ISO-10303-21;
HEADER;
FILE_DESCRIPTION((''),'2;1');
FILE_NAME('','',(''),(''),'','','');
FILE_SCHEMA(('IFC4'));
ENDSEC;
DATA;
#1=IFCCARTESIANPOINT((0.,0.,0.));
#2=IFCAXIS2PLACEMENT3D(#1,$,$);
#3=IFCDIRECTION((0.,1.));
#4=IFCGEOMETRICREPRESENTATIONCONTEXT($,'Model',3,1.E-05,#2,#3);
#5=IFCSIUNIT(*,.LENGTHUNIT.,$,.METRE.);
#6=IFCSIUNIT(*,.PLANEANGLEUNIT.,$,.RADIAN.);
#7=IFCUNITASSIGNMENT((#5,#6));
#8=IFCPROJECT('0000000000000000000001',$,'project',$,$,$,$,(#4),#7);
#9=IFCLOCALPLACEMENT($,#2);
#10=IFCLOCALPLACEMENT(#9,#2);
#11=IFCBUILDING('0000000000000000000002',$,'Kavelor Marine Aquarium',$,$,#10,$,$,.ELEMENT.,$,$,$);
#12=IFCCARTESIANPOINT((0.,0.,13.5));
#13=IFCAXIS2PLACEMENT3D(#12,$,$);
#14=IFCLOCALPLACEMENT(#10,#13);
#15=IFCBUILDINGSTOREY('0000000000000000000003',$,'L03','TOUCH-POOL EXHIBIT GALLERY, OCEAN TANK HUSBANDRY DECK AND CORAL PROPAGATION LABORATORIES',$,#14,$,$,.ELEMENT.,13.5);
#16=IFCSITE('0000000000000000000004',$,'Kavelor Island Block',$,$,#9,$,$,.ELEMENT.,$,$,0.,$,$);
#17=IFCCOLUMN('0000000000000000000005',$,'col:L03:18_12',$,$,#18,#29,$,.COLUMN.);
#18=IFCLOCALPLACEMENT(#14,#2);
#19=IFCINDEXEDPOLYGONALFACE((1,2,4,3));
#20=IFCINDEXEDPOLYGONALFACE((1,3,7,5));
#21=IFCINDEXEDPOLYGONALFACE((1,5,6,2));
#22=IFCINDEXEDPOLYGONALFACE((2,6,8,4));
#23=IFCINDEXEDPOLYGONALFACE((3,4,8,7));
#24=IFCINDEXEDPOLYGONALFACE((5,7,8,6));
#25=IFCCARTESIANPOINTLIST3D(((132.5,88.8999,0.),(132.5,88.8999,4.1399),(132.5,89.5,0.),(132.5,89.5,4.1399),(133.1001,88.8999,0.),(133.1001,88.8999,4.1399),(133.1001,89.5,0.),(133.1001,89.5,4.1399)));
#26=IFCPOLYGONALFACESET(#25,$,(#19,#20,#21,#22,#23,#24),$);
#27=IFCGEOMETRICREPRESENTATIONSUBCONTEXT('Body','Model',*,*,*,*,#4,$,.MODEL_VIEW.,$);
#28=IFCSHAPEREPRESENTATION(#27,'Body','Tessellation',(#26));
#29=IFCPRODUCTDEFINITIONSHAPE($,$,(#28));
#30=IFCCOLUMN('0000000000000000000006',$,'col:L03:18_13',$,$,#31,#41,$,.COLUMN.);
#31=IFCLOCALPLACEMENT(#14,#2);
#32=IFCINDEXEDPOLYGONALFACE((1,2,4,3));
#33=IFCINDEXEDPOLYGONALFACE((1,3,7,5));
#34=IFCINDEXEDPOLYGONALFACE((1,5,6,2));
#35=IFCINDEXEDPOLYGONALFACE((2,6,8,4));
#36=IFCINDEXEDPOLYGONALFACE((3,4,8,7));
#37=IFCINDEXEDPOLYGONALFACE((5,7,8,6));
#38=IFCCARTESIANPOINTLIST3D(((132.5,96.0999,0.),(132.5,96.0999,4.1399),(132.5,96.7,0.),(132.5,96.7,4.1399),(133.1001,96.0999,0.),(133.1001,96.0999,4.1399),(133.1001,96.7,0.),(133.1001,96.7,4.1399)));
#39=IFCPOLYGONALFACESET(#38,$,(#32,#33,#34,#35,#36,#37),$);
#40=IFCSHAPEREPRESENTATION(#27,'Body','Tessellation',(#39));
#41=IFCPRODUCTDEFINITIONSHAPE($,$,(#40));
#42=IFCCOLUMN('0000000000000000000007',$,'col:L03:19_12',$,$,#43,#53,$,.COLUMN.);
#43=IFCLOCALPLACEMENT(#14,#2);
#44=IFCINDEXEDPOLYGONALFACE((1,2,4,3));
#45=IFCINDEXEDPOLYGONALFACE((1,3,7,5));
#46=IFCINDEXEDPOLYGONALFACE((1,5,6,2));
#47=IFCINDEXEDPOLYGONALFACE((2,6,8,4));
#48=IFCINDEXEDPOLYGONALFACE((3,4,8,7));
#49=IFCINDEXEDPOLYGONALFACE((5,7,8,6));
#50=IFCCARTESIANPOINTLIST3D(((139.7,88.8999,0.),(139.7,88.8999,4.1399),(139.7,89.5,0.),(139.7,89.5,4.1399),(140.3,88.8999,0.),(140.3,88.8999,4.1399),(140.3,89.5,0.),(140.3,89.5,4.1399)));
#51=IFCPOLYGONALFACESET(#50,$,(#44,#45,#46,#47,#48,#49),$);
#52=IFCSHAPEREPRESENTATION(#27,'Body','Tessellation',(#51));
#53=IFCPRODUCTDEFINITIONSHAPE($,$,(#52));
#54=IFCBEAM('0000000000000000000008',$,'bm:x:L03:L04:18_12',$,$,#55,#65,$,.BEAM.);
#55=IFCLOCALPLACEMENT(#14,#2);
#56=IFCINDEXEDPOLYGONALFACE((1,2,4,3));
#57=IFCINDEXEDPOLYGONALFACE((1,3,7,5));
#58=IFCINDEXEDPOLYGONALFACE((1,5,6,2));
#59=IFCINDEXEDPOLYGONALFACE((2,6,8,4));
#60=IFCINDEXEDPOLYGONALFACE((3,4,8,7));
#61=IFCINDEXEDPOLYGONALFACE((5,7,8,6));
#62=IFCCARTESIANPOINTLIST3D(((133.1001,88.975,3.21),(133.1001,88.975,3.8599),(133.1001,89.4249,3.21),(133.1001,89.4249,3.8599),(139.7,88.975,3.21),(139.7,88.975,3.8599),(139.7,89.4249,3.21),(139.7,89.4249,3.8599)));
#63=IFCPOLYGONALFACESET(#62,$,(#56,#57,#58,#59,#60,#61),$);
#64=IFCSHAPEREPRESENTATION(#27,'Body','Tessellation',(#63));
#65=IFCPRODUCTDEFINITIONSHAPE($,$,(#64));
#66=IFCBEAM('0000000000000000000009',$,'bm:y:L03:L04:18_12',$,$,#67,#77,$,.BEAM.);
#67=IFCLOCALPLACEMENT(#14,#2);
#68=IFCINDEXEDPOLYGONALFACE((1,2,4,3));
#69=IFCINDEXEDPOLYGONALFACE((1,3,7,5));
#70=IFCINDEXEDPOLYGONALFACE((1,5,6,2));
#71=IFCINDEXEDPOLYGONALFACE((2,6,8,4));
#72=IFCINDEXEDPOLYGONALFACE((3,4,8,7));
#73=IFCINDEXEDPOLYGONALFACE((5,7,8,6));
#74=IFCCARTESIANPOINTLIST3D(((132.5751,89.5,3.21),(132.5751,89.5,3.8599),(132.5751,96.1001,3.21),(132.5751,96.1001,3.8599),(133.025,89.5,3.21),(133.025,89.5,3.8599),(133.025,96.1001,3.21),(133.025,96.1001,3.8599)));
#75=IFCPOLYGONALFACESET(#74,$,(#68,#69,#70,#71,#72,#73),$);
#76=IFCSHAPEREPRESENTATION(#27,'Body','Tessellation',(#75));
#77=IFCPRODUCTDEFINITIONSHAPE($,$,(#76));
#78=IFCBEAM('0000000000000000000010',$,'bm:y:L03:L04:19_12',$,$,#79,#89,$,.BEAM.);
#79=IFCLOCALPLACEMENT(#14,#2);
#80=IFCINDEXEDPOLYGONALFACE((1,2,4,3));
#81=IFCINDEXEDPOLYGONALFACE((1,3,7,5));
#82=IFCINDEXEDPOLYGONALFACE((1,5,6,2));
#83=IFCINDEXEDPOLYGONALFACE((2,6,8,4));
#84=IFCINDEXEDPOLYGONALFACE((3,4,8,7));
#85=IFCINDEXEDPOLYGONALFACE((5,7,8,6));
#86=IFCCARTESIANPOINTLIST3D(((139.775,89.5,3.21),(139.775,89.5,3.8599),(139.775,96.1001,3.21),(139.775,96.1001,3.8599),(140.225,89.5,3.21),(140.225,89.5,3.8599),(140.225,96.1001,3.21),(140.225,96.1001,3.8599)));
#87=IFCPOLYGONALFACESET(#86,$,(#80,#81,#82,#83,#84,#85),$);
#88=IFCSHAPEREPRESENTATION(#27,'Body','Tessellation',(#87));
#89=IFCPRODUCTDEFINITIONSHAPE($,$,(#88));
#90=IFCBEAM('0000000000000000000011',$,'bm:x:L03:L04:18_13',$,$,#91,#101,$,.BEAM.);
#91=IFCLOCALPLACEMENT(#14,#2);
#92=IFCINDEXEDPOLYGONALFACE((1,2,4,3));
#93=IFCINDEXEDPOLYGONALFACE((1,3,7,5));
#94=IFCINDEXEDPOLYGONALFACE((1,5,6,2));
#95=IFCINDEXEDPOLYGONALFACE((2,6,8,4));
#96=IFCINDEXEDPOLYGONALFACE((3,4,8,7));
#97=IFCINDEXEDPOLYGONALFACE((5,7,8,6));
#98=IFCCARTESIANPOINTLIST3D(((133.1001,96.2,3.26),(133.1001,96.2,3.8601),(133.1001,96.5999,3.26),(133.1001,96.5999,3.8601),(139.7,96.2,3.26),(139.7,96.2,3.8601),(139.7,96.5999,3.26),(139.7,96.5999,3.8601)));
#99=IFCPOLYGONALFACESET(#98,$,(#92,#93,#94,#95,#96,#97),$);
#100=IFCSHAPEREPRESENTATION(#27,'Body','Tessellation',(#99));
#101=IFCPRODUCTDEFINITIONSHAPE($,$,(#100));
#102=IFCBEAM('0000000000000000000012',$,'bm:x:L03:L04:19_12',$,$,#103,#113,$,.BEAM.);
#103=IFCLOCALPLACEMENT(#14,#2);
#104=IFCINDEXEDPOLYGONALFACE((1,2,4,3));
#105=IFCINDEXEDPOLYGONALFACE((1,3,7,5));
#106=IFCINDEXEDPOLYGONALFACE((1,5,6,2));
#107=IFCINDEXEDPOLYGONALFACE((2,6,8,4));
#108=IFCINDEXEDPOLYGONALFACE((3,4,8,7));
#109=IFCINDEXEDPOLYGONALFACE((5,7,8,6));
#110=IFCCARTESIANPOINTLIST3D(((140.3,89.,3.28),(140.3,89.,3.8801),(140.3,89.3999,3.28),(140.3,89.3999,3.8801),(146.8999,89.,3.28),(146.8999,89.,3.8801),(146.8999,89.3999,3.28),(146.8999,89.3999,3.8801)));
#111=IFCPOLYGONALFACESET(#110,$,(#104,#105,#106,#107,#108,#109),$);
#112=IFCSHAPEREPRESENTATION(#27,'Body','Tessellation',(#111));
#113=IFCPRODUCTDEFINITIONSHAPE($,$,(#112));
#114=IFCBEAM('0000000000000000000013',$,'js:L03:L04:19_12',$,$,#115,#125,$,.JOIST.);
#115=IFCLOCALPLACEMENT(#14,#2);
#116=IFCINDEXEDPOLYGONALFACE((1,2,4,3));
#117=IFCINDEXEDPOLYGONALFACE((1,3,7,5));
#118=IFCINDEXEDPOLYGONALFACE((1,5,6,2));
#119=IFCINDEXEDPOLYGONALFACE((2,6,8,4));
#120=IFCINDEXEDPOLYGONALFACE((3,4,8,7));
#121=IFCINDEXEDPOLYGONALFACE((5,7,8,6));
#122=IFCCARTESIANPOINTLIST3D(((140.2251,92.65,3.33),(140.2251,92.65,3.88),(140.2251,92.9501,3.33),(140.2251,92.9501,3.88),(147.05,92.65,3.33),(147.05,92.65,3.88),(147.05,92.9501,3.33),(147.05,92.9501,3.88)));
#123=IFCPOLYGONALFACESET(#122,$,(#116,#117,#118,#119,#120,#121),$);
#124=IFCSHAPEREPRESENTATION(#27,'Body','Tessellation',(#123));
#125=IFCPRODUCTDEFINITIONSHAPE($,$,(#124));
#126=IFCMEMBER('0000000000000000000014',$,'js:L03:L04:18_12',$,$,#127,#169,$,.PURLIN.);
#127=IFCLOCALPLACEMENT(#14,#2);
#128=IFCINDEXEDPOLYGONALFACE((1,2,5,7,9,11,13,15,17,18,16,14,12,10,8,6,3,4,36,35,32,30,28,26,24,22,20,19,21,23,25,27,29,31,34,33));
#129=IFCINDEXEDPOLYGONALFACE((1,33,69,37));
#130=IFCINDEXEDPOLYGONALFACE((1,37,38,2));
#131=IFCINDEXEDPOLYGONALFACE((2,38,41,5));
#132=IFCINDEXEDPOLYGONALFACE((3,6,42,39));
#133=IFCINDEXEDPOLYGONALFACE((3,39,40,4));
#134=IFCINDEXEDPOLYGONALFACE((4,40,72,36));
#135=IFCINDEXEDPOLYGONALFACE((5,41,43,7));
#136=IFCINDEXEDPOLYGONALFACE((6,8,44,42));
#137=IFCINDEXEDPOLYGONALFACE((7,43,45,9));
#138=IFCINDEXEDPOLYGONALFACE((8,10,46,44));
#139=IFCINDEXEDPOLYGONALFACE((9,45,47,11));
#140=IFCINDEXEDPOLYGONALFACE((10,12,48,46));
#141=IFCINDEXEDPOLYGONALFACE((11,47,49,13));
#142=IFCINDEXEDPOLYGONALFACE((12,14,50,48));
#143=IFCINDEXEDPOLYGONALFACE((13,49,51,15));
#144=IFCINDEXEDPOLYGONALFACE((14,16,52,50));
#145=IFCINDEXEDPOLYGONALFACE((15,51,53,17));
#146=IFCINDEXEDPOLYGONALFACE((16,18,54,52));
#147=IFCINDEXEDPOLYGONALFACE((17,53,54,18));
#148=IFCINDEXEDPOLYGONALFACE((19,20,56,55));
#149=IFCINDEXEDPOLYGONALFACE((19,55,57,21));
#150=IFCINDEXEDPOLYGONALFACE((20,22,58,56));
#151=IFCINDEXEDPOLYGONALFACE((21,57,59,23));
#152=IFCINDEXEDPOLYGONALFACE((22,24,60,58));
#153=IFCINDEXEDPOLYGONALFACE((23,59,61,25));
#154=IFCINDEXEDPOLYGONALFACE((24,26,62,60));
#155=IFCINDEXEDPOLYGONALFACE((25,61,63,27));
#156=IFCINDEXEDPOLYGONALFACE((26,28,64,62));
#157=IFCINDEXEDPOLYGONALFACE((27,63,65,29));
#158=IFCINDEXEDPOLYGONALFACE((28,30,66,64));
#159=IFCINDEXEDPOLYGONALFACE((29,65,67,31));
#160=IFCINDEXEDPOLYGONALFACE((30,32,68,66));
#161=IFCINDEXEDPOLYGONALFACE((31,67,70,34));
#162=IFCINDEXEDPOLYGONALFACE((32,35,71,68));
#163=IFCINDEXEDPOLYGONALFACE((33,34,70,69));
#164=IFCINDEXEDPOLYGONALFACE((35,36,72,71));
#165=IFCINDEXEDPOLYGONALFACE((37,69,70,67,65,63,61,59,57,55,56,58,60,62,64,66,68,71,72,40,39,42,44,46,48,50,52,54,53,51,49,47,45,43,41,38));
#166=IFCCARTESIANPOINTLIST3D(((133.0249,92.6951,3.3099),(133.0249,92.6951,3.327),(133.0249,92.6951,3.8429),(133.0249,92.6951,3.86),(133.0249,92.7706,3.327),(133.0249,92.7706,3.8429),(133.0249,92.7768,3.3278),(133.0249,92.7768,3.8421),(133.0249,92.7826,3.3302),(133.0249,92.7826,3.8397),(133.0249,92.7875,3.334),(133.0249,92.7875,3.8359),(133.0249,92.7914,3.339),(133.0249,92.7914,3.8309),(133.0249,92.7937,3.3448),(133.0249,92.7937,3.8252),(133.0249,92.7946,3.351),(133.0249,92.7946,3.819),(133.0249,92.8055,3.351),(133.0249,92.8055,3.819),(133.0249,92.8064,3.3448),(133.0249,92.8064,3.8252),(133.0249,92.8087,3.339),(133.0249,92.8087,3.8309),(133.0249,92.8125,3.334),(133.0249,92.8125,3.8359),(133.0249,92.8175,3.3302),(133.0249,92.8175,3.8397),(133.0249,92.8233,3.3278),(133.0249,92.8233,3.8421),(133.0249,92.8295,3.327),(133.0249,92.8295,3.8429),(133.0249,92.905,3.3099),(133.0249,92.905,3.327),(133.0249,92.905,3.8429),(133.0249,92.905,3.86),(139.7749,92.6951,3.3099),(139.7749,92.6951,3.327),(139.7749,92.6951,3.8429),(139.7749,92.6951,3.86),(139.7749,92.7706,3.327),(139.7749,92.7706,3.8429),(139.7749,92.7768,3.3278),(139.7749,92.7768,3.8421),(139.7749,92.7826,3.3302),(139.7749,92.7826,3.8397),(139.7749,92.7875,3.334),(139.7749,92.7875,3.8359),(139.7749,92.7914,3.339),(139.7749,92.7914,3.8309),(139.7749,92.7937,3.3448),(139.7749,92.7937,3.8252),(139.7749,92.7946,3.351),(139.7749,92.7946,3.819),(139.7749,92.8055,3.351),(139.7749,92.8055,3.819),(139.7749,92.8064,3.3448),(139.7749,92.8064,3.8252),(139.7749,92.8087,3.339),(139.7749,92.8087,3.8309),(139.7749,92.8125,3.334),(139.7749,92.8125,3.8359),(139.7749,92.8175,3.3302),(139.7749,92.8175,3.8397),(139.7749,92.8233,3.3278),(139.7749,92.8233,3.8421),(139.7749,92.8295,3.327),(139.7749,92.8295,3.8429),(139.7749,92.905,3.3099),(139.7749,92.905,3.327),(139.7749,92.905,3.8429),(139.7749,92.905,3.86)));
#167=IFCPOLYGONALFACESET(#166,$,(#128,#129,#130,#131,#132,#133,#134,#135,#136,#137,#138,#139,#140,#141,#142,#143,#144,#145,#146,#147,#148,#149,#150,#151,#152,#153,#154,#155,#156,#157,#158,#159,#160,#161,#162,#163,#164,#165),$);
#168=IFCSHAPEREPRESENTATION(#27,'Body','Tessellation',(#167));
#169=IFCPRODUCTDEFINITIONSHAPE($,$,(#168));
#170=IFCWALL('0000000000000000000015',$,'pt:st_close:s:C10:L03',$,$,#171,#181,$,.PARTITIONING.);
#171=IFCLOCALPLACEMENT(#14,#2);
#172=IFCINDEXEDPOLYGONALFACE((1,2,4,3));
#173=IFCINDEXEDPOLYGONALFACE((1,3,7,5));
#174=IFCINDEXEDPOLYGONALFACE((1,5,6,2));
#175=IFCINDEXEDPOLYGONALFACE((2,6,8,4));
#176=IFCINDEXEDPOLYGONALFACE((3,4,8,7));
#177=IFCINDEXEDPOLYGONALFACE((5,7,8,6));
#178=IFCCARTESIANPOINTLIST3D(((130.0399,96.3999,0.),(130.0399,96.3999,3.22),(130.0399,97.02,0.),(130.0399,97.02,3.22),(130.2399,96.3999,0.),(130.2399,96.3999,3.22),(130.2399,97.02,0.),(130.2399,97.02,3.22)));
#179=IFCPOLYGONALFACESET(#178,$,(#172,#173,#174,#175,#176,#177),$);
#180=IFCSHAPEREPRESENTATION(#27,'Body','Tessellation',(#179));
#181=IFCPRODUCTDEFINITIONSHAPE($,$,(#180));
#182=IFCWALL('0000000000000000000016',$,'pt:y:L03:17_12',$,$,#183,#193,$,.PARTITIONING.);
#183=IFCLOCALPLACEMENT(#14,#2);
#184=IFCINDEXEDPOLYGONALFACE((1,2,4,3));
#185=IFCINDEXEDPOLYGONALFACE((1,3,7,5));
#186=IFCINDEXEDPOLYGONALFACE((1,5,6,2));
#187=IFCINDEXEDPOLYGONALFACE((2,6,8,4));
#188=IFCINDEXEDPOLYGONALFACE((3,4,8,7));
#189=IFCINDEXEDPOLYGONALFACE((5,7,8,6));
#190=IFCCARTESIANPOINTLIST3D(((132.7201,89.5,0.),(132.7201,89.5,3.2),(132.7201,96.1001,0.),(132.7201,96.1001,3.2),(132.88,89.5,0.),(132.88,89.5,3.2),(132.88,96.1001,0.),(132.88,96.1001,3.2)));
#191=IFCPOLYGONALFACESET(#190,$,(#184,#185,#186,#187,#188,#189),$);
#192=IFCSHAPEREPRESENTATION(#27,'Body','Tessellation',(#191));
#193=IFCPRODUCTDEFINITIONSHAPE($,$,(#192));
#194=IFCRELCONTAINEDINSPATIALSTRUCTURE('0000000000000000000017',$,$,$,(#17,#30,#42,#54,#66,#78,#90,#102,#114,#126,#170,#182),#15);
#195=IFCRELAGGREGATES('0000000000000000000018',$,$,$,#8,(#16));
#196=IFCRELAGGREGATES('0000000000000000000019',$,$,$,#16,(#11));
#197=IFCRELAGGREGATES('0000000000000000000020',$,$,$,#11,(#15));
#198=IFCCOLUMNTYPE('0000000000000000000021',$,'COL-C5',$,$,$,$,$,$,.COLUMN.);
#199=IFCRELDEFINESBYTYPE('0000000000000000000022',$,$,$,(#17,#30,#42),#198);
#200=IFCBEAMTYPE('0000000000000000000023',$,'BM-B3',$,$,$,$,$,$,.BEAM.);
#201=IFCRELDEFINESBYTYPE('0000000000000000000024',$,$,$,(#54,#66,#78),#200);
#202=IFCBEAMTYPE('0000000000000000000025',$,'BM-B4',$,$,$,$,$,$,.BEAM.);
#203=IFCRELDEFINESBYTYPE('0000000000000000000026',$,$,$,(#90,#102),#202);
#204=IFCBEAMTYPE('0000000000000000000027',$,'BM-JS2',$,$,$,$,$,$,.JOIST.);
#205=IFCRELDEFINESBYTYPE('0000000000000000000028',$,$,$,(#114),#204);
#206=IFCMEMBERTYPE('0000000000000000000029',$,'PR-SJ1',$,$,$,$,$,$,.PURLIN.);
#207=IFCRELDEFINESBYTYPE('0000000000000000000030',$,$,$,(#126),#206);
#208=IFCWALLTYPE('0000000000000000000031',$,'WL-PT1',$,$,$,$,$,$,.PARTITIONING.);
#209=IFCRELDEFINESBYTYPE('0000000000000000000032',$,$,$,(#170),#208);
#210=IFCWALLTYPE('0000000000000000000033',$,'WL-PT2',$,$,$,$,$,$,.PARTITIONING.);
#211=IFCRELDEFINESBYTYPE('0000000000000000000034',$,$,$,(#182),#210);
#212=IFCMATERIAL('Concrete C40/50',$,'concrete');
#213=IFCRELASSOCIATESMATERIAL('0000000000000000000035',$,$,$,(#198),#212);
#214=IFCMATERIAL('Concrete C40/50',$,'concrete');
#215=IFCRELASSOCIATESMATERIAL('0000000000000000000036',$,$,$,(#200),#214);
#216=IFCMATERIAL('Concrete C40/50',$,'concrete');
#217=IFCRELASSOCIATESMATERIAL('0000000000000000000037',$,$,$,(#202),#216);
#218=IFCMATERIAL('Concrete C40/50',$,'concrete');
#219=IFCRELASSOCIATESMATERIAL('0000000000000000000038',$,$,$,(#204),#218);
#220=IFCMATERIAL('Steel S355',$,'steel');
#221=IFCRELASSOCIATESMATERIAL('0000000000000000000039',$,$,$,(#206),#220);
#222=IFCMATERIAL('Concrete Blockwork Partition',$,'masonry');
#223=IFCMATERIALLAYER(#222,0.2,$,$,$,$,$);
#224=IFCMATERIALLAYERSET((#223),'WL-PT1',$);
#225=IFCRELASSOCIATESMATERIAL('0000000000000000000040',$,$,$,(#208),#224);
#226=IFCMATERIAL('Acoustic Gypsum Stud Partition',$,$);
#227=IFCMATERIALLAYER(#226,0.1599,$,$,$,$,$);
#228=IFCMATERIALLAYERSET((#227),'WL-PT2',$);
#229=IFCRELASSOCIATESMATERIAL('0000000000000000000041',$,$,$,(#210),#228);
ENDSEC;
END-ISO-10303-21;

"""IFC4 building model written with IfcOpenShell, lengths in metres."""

from ifc_helpers import new_model, si_unit, direction, frame, frame_2d, origin, origin_2d, place, context, subcontext, project, spatial, rectangle, i_section, extrude, material, layer, layer_set, material_profile, profile_set, type_object, element, save


model = new_model("IFC4")

# Units and contexts
model_context = context("Model", 3, precision=1e-05, world=origin(), true_north=direction((0.0, 1.0)))
body_context = subcontext(model_context, "Body", "Model", "MODEL_VIEW")
ifc_project = project(units=[si_unit("LENGTHUNIT", "METRE"), si_unit("PLANEANGLEUNIT", "RADIAN")], contexts=[model_context])

# Site, building, storey
site_placement = place(None, origin())
site = spatial("IfcSite", under=ifc_project, at=site_placement, Name="Kavelor Island Block", CompositionType="ELEMENT", RefElevation=0.0)
building_placement = place(site_placement, origin())
building = spatial("IfcBuilding", under=site, at=building_placement, Name="Kavelor Marine Aquarium", CompositionType="ELEMENT")
storey_placement = place(building_placement, frame((0.0, 0.0, 13.5)))
storey = spatial("IfcBuildingStorey", under=building, at=storey_placement, Name="L03", Description="TOUCH-POOL EXHIBIT GALLERY, OCEAN TANK HUSBANDRY DECK AND CORAL PROPAGATION LABORATORIES", CompositionType="ELEMENT", Elevation=13.5)

# Columns
ifc_material_1 = material(Name="Concrete C40/50", Category="concrete")
ifc_material_profile_1 = material_profile(ifc_material_1, rectangle(XDim=0.6001, YDim=0.6001, at=origin_2d()), Name="RC-COL 600x600")
ifc_profile_set_1 = profile_set([ifc_material_profile_1], Name="Concrete C40/50")
column_type = type_object("IfcColumnType", Name="COL-C5", PredefinedType="COLUMN", material=ifc_profile_set_1)
for number, where, z_axis, x_axis, name in (
    (1, (132.8, 89.2, 0.0), (0.0, 0.0, 1.0), (1.0, 0.0, 0.0), "col:L03:18_12"),
    (2, (132.8, 96.3999, 0.0), (0.0, 0.0, 1.0), (1.0, 0.0, 0.0), "col:L03:18_13"),
    (3, (140.0, 89.2, 0.0), (0.0, 0.0, 1.0), (1.0, 0.0, 0.0), "col:L03:19_12"),
):
    element("IfcColumn", number, at=place(storey_placement, frame(where, z_axis=z_axis, x_axis=x_axis)), inside=storey, type_object=column_type, Name=name, PredefinedType="COLUMN", context=body_context, shape_type="SweptSolid", body=[
        extrude(rectangle(XDim=0.6001, YDim=0.6001, at=origin_2d()), origin(), (0.0, 0.0, 1.0), 4.1399),
    ])

# Beams
ifc_material_2 = material(Name="Concrete C40/50", Category="concrete")
ifc_material_profile_2 = material_profile(ifc_material_2, rectangle(XDim=0.45, YDim=0.6499, at=origin_2d()), Name="RC-BM 450x650")
ifc_profile_set_2 = profile_set([ifc_material_profile_2], Name="Concrete C40/50")
beam_type_1 = type_object("IfcBeamType", Name="BM-B3", PredefinedType="BEAM", material=ifc_profile_set_2)
beam_1_placement = place(storey_placement, frame((133.1001, 89.2, 3.5349), z_axis=(1.0, 0.0, 0.0), x_axis=(0.0, 1.0, 0.0)))
element("IfcBeam", 4, at=beam_1_placement, inside=storey, type_object=beam_type_1, Name="bm:x:L03:L04:18_12", PredefinedType="BEAM", context=body_context, shape_type="SweptSolid", body=[
    extrude(rectangle(XDim=0.45, YDim=0.6499, at=origin_2d()), origin(), (0.0, 0.0, 1.0), 6.5999),
])
for number, where, z_axis, x_axis, name in (
    (5, (132.8, 89.5, 3.5349), (0.0, 1.0, 0.0), (-1.0, 0.0, 0.0), "bm:y:L03:L04:18_12"),
    (6, (140.0, 89.5, 3.5349), (0.0, 1.0, 0.0), (-1.0, 0.0, 0.0), "bm:y:L03:L04:19_12"),
):
    element("IfcBeam", number, at=place(storey_placement, frame(where, z_axis=z_axis, x_axis=x_axis)), inside=storey, type_object=beam_type_1, Name=name, PredefinedType="BEAM", context=body_context, shape_type="SweptSolid", body=[
        extrude(rectangle(XDim=0.45, YDim=0.6499, at=origin_2d()), origin(), (0.0, 0.0, 1.0), 6.6001),
    ])
ifc_material_3 = material(Name="Concrete C40/50", Category="concrete")
ifc_material_profile_3 = material_profile(ifc_material_3, rectangle(XDim=0.3999, YDim=0.6001, at=origin_2d()), Name="RC-BM 400x600")
ifc_profile_set_3 = profile_set([ifc_material_profile_3], Name="Concrete C40/50")
beam_type_2 = type_object("IfcBeamType", Name="BM-B4", PredefinedType="BEAM", material=ifc_profile_set_3)
for number, where, z_axis, x_axis, name in (
    (7, (133.1001, 96.3999, 3.5601), (1.0, 0.0, 0.0), (0.0, 1.0, 0.0), "bm:x:L03:L04:18_13"),
    (8, (140.3, 89.2, 3.5801), (1.0, 0.0, 0.0), (0.0, 1.0, 0.0), "bm:x:L03:L04:19_12"),
):
    element("IfcBeam", number, at=place(storey_placement, frame(where, z_axis=z_axis, x_axis=x_axis)), inside=storey, type_object=beam_type_2, Name=name, PredefinedType="BEAM", context=body_context, shape_type="SweptSolid", body=[
        extrude(rectangle(XDim=0.3999, YDim=0.6001, at=origin_2d()), origin(), (0.0, 0.0, 1.0), 6.5999),
    ])
ifc_material_4 = material(Name="Concrete C40/50", Category="concrete")
ifc_material_profile_4 = material_profile(ifc_material_4, rectangle(XDim=0.3, YDim=0.55, at=origin_2d()), Name="RC-JS 300x550")
ifc_profile_set_4 = profile_set([ifc_material_profile_4], Name="Concrete C40/50")
beam_type_3 = type_object("IfcBeamType", Name="BM-JS2", PredefinedType="JOIST", material=ifc_profile_set_4)
beam_2_placement = place(storey_placement, frame((140.2251, 92.8, 3.605), z_axis=(1.0, 0.0, 0.0), x_axis=(0.0, 1.0, 0.0)))
element("IfcBeam", 9, at=beam_2_placement, inside=storey, type_object=beam_type_3, Name="js:L03:L04:19_12", PredefinedType="JOIST", context=body_context, shape_type="SweptSolid", body=[
    extrude(rectangle(XDim=0.3, YDim=0.55, at=origin_2d()), origin(), (0.0, 0.0, 1.0), 6.825),
])

# Member
ifc_material_5 = material(Name="Steel S355", Category="steel")
ifc_material_profile_5 = material_profile(ifc_material_5, i_section(OverallWidth=0.21, OverallDepth=0.55, WebThickness=0.011, FlangeThickness=0.0171, FilletRadius=0.0239, at=origin_2d()), Name="IPE 550")
ifc_profile_set_5 = profile_set([ifc_material_profile_5], Name="Steel S355")
member_type = type_object("IfcMemberType", Name="PR-SJ1", PredefinedType="PURLIN", material=ifc_profile_set_5)
member_placement = place(storey_placement, frame((133.0249, 92.8, 3.585), z_axis=(1.0, 0.0, 0.0), x_axis=(0.0, 1.0, 0.0)))
element("IfcMember", 10, at=member_placement, inside=storey, type_object=member_type, Name="js:L03:L04:18_12", PredefinedType="PURLIN", context=body_context, shape_type="SweptSolid", body=[
    extrude(i_section(OverallWidth=0.21, OverallDepth=0.55, WebThickness=0.011, FlangeThickness=0.0171, FilletRadius=0.0239, at=origin_2d()), origin(), (0.0, 0.0, 1.0), 6.75),
])

# Wall
ifc_material_6 = material(Name="Concrete Blockwork Partition", Category="masonry")
ifc_layer_1 = layer(ifc_material_6, 0.2)
ifc_layer_set_1 = layer_set([ifc_layer_1], Name="WL-PT1")
wall_type_1 = type_object("IfcWallType", Name="WL-PT1", PredefinedType="PARTITIONING", material=ifc_layer_set_1)
wall_1_placement = place(storey_placement, frame((130.1399, 96.3999, 0.0), z_axis=(0.0, 0.0, 1.0), x_axis=(0.0, 1.0, 0.0)))
element("IfcWall", 11, at=wall_1_placement, inside=storey, type_object=wall_type_1, Name="pt:st_close:s:C10:L03", PredefinedType="PARTITIONING", context=body_context, shape_type="SweptSolid", body=[
    extrude(rectangle(XDim=0.6201, YDim=0.2, at=frame_2d((0.3101, 0.0))), origin(), (0.0, 0.0, 1.0), 3.22),
])

# Wall
ifc_material_7 = material(Name="Acoustic Gypsum Stud Partition")
ifc_layer_2 = layer(ifc_material_7, 0.1599)
ifc_layer_set_2 = layer_set([ifc_layer_2], Name="WL-PT2")
wall_type_2 = type_object("IfcWallType", Name="WL-PT2", PredefinedType="PARTITIONING", material=ifc_layer_set_2)
wall_2_placement = place(storey_placement, frame((132.8, 89.5, 0.0), z_axis=(0.0, 0.0, 1.0), x_axis=(0.0, 1.0, 0.0)))
element("IfcWall", 12, at=wall_2_placement, inside=storey, type_object=wall_type_2, Name="pt:y:L03:17_12", PredefinedType="PARTITIONING", context=body_context, shape_type="SweptSolid", body=[
    extrude(rectangle(XDim=6.6001, YDim=0.1599, at=frame_2d((3.3, 0.0))), origin(), (0.0, 0.0, 1.0), 3.2),
])

save(model, "model.ifc")
